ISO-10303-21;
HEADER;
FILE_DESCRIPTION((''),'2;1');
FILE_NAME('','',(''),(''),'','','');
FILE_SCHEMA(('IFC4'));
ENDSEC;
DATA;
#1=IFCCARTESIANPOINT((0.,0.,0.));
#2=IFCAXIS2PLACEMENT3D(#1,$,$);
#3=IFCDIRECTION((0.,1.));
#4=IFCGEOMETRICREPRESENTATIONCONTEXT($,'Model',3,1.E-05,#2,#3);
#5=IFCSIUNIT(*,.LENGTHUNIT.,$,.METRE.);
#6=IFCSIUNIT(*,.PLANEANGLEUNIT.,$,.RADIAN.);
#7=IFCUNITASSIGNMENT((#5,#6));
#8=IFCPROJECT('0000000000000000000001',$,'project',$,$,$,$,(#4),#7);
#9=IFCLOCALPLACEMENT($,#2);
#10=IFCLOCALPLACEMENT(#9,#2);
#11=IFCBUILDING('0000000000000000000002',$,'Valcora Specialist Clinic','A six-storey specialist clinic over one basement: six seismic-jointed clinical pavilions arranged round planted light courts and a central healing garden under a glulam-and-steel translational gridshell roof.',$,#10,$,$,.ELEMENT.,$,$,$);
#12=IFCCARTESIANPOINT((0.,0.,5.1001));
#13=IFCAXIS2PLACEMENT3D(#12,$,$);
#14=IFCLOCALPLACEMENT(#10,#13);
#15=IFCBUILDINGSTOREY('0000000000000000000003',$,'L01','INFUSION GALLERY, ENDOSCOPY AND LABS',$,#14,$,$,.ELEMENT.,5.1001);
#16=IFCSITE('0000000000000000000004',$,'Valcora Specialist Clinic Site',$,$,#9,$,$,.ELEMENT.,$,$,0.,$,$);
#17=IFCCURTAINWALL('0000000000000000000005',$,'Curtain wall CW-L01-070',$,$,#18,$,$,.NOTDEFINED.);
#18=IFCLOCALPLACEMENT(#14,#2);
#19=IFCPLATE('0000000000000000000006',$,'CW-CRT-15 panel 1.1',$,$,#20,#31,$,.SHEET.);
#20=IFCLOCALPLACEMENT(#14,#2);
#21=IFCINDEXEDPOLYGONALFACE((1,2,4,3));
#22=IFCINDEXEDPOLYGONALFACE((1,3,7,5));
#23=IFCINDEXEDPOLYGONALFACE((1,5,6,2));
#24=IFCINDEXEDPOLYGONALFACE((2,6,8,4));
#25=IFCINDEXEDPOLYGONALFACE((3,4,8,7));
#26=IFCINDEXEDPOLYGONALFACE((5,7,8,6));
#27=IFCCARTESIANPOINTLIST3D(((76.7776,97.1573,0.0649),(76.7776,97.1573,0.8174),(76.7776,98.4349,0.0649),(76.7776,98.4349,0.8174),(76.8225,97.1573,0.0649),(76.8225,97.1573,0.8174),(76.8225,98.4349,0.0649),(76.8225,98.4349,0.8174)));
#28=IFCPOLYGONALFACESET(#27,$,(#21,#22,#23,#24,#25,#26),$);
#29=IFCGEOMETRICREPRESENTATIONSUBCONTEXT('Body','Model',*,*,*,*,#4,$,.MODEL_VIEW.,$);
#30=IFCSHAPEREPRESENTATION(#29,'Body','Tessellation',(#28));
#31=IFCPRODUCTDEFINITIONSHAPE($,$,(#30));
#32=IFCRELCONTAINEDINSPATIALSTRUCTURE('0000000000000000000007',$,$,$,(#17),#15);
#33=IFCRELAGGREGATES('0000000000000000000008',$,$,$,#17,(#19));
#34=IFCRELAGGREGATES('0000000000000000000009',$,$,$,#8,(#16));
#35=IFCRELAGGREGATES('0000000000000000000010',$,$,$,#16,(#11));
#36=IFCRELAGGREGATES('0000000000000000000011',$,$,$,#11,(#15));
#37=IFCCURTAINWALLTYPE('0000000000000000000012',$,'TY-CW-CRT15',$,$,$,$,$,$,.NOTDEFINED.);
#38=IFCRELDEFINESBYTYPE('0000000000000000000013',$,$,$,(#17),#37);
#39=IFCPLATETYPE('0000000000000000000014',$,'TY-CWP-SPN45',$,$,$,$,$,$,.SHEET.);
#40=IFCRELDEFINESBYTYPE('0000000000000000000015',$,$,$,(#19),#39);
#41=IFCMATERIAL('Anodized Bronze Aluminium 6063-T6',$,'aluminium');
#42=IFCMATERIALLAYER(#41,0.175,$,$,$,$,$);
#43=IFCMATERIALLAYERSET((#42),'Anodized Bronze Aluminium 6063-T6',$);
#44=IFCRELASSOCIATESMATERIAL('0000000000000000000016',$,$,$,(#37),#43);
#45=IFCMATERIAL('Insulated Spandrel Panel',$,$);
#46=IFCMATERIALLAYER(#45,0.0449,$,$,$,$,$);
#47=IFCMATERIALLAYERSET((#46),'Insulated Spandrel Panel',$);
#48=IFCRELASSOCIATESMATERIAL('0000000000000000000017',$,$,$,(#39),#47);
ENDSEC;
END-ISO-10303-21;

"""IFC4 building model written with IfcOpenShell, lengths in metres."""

from ifc_helpers import new_model, si_unit, direction, frame, origin, origin_2d, place, context, subcontext, project, spatial, rectangle, extrude, material, layer, layer_set, type_object, element, aggregate, save


model = new_model("IFC4")

# Units and contexts
model_context = context("Model", 3, precision=1e-05, world=origin(), true_north=direction((0.0, 1.0)))
body_context = subcontext(model_context, "Body", "Model", "MODEL_VIEW")
ifc_project = project(units=[si_unit("LENGTHUNIT", "METRE"), si_unit("PLANEANGLEUNIT", "RADIAN")], contexts=[model_context])

# Site, building, storey
site_placement = place(None, origin())
site = spatial("IfcSite", under=ifc_project, at=site_placement, Name="Valcora Specialist Clinic Site", CompositionType="ELEMENT", RefElevation=0.0)
building_placement = place(site_placement, origin())
building = spatial("IfcBuilding", under=site, at=building_placement, Name="Valcora Specialist Clinic", Description="A six-storey specialist clinic over one basement: six seismic-jointed clinical pavilions arranged round planted light courts and a central healing garden under a glulam-and-steel translational gridshell roof.", CompositionType="ELEMENT")
storey_placement = place(building_placement, frame((0.0, 0.0, 5.1001)))
storey = spatial("IfcBuildingStorey", under=building, at=storey_placement, Name="L01", Description="INFUSION GALLERY, ENDOSCOPY AND LABS", CompositionType="ELEMENT", Elevation=5.1001)

# Curtain wall
ifc_material_1 = material(Name="Anodized Bronze Aluminium 6063-T6", Category="aluminium")
ifc_layer_1 = layer(ifc_material_1, 0.175)
ifc_layer_set_1 = layer_set([ifc_layer_1], Name="Anodized Bronze Aluminium 6063-T6")
curtain_wall_type = type_object("IfcCurtainWallType", Name="TY-CW-CRT15", PredefinedType="NOTDEFINED", material=ifc_layer_set_1)
curtain_wall_1_placement = place(storey_placement, origin())
curtain_wall_1 = element("IfcCurtainWall", 1, at=curtain_wall_1_placement, inside=storey, type_object=curtain_wall_type, Name="Curtain wall CW-L01-070", PredefinedType="NOTDEFINED")

# Plate
ifc_material_2 = material(Name="Insulated Spandrel Panel")
ifc_layer_2 = layer(ifc_material_2, 0.0449)
ifc_layer_set_2 = layer_set([ifc_layer_2], Name="Insulated Spandrel Panel")
plate_type_1 = type_object("IfcPlateType", Name="TY-CWP-SPN45", PredefinedType="SHEET", material=ifc_layer_set_2)
plate_1_placement = place(storey_placement, frame((76.8, 97.7961, 0.0649), z_axis=(0.0, 0.0, 1.0), x_axis=(0.0, -1.0, 0.0)))
plate_1 = element("IfcPlate", 2, at=plate_1_placement, type_object=plate_type_1, Name="CW-CRT-15 panel 1.1", PredefinedType="SHEET", context=body_context, shape_type="SweptSolid", body=[
    extrude(rectangle(XDim=1.2776, YDim=0.0449, at=origin_2d()), origin(), (0.0, 0.0, 1.0), 0.7524),
])
aggregate(curtain_wall_1, [plate_1])

save(model, "model.ifc")
